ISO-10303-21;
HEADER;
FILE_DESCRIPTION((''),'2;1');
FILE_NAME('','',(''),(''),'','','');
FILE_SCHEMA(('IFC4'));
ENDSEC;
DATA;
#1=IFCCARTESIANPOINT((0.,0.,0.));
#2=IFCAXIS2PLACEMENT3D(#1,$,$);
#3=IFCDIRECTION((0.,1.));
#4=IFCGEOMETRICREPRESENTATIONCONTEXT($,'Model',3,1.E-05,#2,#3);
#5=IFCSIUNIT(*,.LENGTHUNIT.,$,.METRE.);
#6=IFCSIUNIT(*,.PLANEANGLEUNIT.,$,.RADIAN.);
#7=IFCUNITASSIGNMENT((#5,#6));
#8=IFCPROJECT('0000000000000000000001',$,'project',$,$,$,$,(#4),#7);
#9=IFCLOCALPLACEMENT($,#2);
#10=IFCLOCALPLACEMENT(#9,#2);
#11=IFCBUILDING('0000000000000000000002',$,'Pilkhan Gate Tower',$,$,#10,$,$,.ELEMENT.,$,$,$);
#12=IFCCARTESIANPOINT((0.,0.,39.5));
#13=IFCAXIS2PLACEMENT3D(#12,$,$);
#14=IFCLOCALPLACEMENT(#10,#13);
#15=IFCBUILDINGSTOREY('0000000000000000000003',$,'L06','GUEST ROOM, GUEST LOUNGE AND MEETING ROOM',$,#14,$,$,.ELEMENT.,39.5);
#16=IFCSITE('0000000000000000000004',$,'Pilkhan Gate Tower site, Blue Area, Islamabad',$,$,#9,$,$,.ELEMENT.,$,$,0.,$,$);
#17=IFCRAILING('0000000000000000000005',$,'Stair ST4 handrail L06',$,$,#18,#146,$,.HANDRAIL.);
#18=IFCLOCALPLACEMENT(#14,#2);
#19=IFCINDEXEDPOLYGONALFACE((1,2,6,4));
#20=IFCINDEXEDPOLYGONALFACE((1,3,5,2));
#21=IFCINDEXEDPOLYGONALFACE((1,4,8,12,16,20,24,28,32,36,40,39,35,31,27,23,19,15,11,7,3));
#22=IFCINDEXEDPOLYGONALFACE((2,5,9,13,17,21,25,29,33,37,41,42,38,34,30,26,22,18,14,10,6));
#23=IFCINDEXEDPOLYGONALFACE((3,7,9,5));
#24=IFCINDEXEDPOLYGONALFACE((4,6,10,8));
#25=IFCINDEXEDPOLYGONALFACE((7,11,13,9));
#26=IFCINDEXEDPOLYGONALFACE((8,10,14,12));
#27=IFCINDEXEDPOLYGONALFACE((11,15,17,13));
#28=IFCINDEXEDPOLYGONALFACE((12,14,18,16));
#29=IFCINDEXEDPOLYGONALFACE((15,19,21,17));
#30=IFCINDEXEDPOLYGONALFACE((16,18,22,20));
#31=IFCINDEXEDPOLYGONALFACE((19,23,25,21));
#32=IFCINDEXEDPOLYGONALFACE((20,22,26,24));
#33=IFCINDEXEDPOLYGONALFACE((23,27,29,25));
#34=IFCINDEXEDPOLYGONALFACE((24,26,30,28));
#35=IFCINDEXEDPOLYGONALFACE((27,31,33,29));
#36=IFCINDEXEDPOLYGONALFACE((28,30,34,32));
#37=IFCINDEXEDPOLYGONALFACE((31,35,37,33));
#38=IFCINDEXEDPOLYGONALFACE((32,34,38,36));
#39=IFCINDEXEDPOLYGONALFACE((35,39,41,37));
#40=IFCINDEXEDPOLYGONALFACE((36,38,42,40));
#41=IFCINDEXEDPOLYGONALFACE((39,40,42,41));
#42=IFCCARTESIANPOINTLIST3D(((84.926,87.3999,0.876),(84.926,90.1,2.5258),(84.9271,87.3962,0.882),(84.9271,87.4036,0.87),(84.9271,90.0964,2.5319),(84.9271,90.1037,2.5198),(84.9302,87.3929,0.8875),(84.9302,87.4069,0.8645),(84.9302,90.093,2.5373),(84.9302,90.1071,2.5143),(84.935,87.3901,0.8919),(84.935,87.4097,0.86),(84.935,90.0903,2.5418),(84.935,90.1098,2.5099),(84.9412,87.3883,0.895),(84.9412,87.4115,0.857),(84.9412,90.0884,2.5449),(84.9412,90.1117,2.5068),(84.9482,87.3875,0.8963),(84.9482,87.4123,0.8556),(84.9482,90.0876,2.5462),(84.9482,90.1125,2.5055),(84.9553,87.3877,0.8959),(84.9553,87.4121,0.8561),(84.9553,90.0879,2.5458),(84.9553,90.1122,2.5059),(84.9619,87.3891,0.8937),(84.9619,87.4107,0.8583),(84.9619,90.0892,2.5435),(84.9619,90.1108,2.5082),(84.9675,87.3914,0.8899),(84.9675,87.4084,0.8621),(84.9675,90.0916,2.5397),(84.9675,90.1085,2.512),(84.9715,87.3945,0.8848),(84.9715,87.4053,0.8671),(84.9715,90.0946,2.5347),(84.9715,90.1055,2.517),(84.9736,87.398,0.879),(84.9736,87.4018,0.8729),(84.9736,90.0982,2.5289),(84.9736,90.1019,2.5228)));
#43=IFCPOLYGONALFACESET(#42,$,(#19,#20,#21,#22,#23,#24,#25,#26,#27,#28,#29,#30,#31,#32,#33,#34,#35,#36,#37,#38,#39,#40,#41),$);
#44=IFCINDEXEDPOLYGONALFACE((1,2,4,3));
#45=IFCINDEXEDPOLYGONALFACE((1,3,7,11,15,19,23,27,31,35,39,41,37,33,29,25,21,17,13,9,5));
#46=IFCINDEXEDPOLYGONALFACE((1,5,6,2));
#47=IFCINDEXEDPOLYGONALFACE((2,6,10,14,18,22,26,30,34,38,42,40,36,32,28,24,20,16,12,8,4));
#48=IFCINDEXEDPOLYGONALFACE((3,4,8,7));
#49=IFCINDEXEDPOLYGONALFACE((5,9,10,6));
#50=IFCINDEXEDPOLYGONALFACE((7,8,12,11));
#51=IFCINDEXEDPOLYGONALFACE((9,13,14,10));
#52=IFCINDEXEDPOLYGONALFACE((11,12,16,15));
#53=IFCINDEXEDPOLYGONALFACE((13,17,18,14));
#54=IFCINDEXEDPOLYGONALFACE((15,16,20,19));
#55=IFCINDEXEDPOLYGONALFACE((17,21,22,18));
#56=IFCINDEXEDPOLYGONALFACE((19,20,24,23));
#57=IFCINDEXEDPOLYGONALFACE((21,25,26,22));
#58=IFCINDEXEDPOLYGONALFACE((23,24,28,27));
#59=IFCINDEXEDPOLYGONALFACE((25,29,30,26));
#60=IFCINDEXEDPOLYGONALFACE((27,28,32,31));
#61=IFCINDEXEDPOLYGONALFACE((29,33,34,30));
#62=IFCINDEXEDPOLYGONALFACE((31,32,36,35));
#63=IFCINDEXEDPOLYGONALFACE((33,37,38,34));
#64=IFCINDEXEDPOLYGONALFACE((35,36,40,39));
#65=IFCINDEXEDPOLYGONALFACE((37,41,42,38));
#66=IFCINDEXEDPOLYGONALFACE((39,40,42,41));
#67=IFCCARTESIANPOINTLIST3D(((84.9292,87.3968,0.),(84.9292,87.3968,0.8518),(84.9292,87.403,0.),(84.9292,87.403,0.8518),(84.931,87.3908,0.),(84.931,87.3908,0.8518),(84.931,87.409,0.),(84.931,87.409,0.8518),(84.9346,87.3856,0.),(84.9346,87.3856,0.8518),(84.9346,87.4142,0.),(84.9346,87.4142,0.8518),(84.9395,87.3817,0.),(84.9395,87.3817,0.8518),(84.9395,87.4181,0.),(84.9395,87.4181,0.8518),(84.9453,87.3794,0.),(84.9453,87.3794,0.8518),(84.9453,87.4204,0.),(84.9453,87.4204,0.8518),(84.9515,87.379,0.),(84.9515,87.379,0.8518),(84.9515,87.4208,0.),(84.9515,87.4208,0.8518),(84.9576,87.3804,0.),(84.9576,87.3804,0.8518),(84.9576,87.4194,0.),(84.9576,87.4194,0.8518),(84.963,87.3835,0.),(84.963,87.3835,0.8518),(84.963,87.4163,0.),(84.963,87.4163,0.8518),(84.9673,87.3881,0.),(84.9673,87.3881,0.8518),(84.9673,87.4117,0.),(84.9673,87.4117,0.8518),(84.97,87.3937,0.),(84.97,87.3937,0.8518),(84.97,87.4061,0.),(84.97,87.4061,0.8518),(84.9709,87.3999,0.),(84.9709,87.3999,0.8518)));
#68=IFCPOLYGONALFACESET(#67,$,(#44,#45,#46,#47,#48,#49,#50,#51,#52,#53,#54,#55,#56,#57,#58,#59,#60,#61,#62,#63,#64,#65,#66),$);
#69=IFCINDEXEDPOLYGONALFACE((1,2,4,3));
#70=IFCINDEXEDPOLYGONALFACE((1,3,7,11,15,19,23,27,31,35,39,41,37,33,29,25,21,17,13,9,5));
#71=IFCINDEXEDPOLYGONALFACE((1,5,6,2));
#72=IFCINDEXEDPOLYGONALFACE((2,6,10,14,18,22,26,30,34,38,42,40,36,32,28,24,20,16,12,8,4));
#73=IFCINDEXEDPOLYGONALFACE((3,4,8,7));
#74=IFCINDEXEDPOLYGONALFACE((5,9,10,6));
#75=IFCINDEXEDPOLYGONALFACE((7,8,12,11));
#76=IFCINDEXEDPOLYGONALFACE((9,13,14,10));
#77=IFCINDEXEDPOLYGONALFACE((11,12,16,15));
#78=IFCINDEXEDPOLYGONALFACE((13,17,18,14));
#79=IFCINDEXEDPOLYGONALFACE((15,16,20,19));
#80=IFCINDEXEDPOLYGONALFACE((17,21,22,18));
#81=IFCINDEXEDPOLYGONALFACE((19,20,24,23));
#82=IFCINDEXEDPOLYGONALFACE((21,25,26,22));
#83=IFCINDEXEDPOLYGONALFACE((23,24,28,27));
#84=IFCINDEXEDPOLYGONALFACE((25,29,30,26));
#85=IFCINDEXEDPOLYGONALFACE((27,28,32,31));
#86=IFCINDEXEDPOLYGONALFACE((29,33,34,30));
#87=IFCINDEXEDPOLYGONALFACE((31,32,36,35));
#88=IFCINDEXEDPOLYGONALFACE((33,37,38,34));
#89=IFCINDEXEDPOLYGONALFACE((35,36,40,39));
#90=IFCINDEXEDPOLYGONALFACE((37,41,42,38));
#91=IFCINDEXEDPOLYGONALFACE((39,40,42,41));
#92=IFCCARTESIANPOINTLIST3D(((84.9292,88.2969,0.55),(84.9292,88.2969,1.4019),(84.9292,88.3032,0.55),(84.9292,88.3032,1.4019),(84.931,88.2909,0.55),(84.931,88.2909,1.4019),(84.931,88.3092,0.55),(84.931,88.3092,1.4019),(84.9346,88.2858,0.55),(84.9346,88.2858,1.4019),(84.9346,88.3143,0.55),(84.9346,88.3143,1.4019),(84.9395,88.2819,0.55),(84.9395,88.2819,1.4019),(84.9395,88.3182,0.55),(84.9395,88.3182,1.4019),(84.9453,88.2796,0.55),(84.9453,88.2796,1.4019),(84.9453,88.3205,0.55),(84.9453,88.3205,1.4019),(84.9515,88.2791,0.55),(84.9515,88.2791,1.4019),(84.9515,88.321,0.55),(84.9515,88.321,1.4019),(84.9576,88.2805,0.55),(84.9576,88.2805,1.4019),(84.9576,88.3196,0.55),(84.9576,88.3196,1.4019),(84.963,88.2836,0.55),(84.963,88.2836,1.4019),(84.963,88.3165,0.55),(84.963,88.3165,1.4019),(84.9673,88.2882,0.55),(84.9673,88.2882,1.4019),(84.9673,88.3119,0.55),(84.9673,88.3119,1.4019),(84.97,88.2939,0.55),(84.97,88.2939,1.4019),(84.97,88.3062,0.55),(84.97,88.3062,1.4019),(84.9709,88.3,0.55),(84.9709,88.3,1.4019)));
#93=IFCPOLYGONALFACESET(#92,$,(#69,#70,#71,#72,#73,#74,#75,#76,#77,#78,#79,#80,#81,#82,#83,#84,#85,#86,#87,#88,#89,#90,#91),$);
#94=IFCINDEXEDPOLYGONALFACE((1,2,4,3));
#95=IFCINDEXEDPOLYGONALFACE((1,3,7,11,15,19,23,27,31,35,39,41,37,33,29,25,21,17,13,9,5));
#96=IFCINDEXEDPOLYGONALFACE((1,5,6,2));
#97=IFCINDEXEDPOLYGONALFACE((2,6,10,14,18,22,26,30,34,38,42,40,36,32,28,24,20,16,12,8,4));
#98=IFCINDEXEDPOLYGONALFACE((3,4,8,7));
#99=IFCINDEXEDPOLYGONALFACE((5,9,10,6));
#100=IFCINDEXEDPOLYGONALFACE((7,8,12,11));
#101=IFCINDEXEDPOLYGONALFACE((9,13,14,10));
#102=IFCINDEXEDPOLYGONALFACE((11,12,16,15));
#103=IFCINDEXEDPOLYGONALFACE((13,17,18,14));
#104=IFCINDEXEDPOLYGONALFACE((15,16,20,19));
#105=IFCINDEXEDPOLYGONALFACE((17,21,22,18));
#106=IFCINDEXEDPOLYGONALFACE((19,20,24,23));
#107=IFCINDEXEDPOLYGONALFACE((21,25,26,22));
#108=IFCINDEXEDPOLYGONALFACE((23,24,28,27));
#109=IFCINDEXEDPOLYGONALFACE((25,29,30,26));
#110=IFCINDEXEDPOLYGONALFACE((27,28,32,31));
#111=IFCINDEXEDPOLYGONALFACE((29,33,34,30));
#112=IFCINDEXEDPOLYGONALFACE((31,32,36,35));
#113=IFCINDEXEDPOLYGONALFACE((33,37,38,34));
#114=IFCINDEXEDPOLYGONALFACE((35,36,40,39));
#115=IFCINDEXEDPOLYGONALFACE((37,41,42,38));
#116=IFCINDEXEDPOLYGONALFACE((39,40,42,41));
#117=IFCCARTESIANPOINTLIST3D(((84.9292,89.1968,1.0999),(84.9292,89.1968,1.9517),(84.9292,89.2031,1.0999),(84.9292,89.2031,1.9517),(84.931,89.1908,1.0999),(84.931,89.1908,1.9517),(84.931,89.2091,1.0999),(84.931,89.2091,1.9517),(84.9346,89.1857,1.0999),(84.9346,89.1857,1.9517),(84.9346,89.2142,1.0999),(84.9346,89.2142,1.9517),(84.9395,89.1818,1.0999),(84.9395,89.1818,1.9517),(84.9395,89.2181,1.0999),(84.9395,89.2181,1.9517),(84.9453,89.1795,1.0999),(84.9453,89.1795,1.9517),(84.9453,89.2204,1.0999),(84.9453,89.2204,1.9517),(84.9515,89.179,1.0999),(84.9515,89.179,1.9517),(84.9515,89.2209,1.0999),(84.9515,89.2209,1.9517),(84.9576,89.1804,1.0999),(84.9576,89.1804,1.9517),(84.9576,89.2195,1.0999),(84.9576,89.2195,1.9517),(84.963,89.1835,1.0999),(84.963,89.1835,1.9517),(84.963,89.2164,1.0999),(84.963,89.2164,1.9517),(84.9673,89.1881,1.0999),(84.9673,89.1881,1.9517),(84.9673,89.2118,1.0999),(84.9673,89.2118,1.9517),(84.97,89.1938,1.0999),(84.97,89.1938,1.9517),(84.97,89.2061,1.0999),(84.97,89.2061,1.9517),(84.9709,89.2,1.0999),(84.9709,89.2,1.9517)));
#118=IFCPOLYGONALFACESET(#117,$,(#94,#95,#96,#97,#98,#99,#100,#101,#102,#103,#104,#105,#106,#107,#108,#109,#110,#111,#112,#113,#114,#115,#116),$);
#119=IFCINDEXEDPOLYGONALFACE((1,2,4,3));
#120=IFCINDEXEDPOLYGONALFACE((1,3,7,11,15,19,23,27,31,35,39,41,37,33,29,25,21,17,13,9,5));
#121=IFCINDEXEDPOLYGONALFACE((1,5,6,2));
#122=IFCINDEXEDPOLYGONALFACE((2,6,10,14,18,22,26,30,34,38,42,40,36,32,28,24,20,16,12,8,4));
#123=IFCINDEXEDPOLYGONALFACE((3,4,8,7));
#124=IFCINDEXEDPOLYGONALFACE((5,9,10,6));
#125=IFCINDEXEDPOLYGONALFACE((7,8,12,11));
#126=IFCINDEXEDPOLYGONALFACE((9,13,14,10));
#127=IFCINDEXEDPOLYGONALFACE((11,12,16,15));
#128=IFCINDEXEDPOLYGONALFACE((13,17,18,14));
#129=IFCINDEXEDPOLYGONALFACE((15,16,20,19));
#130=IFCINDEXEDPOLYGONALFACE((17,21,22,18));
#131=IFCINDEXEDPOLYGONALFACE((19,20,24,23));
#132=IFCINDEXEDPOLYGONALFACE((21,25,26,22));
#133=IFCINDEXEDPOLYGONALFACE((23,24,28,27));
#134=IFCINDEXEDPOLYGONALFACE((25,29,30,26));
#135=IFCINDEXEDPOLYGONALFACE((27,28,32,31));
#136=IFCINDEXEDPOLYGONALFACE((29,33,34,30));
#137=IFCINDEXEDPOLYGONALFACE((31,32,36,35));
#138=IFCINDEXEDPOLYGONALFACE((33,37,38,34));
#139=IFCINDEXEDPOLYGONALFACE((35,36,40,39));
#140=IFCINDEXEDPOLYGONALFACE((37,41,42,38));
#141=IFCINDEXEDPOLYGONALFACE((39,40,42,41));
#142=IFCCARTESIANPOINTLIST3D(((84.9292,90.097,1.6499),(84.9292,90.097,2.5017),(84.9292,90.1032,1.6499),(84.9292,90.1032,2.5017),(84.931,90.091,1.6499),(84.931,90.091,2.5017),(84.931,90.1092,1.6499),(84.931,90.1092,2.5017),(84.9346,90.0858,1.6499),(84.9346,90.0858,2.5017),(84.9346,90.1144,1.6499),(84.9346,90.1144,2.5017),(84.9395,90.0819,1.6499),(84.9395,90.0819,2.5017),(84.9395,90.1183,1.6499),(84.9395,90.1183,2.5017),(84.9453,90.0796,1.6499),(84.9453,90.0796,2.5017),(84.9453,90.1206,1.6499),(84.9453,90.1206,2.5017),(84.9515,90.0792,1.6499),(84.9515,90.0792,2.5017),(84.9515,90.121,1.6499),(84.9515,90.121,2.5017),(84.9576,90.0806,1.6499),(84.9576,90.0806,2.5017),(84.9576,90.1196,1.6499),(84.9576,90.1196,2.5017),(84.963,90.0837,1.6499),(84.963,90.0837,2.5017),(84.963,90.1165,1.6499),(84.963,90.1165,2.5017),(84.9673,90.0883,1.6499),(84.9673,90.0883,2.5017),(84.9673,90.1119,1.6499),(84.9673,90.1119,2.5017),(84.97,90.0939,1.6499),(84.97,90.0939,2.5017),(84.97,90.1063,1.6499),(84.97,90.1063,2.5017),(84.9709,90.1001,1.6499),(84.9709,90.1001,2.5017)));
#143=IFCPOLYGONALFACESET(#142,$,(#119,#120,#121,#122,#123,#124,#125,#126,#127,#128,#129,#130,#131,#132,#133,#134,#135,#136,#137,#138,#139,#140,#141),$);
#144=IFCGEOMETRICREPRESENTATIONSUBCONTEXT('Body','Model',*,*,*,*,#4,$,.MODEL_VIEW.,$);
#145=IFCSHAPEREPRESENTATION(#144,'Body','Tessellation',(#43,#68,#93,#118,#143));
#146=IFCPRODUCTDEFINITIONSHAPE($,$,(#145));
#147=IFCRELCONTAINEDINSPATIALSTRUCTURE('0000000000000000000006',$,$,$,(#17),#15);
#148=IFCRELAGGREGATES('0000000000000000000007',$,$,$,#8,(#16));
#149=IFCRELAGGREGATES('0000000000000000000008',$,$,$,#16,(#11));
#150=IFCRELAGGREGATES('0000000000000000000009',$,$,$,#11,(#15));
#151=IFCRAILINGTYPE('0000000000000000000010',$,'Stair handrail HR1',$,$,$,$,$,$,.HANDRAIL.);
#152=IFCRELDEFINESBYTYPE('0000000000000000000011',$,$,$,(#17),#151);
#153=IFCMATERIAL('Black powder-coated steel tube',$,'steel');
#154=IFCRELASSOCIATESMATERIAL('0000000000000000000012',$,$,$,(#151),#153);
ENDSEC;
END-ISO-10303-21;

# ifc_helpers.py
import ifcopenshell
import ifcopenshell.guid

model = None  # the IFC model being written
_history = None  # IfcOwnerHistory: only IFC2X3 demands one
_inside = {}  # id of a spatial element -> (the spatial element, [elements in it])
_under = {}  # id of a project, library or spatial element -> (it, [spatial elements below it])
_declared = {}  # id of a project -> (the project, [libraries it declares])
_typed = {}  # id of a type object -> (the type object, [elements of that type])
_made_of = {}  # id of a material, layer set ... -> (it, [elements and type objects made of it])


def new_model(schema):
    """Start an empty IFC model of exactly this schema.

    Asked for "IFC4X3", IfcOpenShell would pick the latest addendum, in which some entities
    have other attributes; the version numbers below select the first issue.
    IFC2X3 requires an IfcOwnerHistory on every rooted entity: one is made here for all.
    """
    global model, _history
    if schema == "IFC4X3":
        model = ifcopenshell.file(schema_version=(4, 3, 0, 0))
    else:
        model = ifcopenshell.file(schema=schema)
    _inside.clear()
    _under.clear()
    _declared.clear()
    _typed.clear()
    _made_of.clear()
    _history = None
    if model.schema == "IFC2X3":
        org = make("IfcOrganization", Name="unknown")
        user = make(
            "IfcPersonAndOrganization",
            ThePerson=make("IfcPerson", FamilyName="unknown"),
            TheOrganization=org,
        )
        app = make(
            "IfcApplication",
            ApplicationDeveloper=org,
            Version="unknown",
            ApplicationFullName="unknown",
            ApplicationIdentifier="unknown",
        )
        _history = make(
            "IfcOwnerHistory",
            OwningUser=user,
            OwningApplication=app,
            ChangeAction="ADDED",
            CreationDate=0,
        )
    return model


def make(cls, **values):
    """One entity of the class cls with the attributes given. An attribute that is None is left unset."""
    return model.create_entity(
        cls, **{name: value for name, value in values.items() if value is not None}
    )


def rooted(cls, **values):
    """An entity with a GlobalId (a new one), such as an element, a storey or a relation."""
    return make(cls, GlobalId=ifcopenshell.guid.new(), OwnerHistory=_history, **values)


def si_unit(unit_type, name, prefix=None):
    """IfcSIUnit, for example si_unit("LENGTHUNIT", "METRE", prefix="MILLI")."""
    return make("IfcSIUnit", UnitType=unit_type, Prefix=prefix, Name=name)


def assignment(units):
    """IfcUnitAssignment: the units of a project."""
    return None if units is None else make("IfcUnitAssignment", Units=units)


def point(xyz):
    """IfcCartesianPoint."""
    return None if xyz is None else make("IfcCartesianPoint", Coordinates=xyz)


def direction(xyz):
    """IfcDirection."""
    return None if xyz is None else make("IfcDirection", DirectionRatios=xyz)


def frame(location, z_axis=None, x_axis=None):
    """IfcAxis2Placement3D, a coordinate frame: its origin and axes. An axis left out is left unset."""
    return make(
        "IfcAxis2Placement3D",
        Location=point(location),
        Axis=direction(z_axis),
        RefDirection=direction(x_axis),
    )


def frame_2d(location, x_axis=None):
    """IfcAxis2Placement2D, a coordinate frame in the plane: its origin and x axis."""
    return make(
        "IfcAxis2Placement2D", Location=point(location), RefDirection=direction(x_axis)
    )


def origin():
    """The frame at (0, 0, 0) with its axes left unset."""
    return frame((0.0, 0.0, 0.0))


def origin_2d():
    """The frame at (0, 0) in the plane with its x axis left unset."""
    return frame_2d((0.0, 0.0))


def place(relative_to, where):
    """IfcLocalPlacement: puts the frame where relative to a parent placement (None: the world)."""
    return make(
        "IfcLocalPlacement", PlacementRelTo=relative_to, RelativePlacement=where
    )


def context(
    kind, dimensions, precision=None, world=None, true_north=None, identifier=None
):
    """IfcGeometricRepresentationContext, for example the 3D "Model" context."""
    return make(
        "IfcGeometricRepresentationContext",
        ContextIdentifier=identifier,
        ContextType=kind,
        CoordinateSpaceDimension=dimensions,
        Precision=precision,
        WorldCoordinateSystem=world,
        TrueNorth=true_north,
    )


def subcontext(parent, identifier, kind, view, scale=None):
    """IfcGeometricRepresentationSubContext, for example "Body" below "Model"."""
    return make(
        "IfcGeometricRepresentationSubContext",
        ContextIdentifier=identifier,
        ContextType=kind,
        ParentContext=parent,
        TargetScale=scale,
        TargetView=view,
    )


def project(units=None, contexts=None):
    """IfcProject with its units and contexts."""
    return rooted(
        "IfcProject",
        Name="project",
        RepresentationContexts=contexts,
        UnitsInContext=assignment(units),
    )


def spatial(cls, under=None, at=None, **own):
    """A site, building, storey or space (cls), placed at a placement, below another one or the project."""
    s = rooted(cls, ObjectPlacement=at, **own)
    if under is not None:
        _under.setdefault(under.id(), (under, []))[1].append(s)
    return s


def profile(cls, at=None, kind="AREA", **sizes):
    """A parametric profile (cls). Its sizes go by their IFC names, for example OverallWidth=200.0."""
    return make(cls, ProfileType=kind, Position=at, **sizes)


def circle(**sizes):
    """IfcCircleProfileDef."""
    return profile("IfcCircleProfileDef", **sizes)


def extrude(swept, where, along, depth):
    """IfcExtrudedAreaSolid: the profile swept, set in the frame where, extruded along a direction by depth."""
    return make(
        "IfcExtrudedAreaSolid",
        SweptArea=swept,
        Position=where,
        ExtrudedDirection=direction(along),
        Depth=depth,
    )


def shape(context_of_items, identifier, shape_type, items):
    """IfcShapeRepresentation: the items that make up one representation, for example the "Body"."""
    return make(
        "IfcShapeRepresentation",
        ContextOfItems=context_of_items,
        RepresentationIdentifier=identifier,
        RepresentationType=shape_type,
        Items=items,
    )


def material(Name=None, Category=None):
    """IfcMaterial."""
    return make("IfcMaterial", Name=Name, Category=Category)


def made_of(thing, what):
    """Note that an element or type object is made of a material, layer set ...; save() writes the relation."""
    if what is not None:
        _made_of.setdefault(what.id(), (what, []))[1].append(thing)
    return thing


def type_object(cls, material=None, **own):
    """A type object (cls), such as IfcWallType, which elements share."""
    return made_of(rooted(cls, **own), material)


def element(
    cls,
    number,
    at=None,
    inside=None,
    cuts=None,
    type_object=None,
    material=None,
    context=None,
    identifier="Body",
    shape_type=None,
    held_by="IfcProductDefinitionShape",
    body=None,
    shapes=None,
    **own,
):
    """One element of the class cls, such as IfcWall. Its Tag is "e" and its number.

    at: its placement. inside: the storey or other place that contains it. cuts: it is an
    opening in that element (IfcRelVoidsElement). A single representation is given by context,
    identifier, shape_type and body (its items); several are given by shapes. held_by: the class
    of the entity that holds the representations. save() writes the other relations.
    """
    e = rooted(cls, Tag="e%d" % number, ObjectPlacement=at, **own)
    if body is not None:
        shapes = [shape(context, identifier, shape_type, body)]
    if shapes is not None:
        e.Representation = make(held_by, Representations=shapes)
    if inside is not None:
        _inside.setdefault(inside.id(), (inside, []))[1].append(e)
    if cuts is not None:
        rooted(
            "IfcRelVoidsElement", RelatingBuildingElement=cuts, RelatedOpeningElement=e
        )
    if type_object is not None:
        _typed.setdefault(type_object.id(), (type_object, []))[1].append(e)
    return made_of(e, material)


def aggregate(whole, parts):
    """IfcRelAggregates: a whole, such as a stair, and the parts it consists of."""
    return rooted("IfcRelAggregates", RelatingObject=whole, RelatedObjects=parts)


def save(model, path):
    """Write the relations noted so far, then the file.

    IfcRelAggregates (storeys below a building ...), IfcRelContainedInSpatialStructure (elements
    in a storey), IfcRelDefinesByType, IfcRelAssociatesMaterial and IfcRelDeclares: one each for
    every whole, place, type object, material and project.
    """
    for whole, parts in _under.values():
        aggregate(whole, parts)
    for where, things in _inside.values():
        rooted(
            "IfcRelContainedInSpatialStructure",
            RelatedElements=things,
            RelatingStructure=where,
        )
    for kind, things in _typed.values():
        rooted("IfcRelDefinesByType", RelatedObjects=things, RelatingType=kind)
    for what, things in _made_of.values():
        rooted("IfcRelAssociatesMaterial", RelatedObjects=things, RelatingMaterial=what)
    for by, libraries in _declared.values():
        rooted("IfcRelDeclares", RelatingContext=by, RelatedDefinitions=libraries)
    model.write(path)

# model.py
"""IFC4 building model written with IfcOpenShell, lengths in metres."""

from ifc_helpers import new_model, si_unit, direction, frame, origin, origin_2d, place, context, subcontext, project, spatial, circle, extrude, material, type_object, element, save


model = new_model("IFC4")

# Units and contexts
model_context = context("Model", 3, precision=1e-05, world=origin(), true_north=direction((0.0, 1.0)))
body_context = subcontext(model_context, "Body", "Model", "MODEL_VIEW")
ifc_project = project(units=[si_unit("LENGTHUNIT", "METRE"), si_unit("PLANEANGLEUNIT", "RADIAN")], contexts=[model_context])

# Site, building, storey
site_placement = place(None, origin())
site = spatial("IfcSite", under=ifc_project, at=site_placement, Name="Pilkhan Gate Tower site, Blue Area, Islamabad", CompositionType="ELEMENT", RefElevation=0.0)
building_placement = place(site_placement, origin())
building = spatial("IfcBuilding", under=site, at=building_placement, Name="Pilkhan Gate Tower", CompositionType="ELEMENT")
storey_placement = place(building_placement, frame((0.0, 0.0, 39.5)))
storey = spatial("IfcBuildingStorey", under=building, at=storey_placement, Name="L06", Description="GUEST ROOM, GUEST LOUNGE AND MEETING ROOM", CompositionType="ELEMENT", Elevation=39.5)

# Railing
ifc_material_1 = material(Name="Black powder-coated steel tube", Category="steel")
railing_type_1 = type_object("IfcRailingType", Name="Stair handrail HR1", PredefinedType="HANDRAIL", material=ifc_material_1)
railing_1_placement = place(storey_placement, frame((84.95, 87.3999, 0.0)))
element("IfcRailing", 1, at=railing_1_placement, inside=storey, type_object=railing_type_1, Name="Stair ST4 handrail L06", PredefinedType="HANDRAIL", context=body_context, shape_type="SweptSolid", body=[
    extrude(circle(Radius=0.0239, at=origin_2d()), frame((0.0, 0.0, 0.876), z_axis=(0.0, 0.853312, 0.5214), x_axis=(-1.0, 0.0, 0.0)), (0.0, 0.0, 1.0), 3.1643),
    extrude(circle(Radius=0.021, at=origin_2d()), origin(), (0.0, 0.0, 1.0), 0.8518),
    extrude(circle(Radius=0.021, at=origin_2d()), frame((0.0, 0.9001, 0.55)), (0.0, 0.0, 1.0), 0.8518),
    extrude(circle(Radius=0.021, at=origin_2d()), frame((0.0, 1.8, 1.0999)), (0.0, 0.0, 1.0), 0.8518),
    extrude(circle(Radius=0.021, at=origin_2d()), frame((0.0, 2.7002, 1.6499)), (0.0, 0.0, 1.0), 0.8518),
])

save(model, "model.ifc")
